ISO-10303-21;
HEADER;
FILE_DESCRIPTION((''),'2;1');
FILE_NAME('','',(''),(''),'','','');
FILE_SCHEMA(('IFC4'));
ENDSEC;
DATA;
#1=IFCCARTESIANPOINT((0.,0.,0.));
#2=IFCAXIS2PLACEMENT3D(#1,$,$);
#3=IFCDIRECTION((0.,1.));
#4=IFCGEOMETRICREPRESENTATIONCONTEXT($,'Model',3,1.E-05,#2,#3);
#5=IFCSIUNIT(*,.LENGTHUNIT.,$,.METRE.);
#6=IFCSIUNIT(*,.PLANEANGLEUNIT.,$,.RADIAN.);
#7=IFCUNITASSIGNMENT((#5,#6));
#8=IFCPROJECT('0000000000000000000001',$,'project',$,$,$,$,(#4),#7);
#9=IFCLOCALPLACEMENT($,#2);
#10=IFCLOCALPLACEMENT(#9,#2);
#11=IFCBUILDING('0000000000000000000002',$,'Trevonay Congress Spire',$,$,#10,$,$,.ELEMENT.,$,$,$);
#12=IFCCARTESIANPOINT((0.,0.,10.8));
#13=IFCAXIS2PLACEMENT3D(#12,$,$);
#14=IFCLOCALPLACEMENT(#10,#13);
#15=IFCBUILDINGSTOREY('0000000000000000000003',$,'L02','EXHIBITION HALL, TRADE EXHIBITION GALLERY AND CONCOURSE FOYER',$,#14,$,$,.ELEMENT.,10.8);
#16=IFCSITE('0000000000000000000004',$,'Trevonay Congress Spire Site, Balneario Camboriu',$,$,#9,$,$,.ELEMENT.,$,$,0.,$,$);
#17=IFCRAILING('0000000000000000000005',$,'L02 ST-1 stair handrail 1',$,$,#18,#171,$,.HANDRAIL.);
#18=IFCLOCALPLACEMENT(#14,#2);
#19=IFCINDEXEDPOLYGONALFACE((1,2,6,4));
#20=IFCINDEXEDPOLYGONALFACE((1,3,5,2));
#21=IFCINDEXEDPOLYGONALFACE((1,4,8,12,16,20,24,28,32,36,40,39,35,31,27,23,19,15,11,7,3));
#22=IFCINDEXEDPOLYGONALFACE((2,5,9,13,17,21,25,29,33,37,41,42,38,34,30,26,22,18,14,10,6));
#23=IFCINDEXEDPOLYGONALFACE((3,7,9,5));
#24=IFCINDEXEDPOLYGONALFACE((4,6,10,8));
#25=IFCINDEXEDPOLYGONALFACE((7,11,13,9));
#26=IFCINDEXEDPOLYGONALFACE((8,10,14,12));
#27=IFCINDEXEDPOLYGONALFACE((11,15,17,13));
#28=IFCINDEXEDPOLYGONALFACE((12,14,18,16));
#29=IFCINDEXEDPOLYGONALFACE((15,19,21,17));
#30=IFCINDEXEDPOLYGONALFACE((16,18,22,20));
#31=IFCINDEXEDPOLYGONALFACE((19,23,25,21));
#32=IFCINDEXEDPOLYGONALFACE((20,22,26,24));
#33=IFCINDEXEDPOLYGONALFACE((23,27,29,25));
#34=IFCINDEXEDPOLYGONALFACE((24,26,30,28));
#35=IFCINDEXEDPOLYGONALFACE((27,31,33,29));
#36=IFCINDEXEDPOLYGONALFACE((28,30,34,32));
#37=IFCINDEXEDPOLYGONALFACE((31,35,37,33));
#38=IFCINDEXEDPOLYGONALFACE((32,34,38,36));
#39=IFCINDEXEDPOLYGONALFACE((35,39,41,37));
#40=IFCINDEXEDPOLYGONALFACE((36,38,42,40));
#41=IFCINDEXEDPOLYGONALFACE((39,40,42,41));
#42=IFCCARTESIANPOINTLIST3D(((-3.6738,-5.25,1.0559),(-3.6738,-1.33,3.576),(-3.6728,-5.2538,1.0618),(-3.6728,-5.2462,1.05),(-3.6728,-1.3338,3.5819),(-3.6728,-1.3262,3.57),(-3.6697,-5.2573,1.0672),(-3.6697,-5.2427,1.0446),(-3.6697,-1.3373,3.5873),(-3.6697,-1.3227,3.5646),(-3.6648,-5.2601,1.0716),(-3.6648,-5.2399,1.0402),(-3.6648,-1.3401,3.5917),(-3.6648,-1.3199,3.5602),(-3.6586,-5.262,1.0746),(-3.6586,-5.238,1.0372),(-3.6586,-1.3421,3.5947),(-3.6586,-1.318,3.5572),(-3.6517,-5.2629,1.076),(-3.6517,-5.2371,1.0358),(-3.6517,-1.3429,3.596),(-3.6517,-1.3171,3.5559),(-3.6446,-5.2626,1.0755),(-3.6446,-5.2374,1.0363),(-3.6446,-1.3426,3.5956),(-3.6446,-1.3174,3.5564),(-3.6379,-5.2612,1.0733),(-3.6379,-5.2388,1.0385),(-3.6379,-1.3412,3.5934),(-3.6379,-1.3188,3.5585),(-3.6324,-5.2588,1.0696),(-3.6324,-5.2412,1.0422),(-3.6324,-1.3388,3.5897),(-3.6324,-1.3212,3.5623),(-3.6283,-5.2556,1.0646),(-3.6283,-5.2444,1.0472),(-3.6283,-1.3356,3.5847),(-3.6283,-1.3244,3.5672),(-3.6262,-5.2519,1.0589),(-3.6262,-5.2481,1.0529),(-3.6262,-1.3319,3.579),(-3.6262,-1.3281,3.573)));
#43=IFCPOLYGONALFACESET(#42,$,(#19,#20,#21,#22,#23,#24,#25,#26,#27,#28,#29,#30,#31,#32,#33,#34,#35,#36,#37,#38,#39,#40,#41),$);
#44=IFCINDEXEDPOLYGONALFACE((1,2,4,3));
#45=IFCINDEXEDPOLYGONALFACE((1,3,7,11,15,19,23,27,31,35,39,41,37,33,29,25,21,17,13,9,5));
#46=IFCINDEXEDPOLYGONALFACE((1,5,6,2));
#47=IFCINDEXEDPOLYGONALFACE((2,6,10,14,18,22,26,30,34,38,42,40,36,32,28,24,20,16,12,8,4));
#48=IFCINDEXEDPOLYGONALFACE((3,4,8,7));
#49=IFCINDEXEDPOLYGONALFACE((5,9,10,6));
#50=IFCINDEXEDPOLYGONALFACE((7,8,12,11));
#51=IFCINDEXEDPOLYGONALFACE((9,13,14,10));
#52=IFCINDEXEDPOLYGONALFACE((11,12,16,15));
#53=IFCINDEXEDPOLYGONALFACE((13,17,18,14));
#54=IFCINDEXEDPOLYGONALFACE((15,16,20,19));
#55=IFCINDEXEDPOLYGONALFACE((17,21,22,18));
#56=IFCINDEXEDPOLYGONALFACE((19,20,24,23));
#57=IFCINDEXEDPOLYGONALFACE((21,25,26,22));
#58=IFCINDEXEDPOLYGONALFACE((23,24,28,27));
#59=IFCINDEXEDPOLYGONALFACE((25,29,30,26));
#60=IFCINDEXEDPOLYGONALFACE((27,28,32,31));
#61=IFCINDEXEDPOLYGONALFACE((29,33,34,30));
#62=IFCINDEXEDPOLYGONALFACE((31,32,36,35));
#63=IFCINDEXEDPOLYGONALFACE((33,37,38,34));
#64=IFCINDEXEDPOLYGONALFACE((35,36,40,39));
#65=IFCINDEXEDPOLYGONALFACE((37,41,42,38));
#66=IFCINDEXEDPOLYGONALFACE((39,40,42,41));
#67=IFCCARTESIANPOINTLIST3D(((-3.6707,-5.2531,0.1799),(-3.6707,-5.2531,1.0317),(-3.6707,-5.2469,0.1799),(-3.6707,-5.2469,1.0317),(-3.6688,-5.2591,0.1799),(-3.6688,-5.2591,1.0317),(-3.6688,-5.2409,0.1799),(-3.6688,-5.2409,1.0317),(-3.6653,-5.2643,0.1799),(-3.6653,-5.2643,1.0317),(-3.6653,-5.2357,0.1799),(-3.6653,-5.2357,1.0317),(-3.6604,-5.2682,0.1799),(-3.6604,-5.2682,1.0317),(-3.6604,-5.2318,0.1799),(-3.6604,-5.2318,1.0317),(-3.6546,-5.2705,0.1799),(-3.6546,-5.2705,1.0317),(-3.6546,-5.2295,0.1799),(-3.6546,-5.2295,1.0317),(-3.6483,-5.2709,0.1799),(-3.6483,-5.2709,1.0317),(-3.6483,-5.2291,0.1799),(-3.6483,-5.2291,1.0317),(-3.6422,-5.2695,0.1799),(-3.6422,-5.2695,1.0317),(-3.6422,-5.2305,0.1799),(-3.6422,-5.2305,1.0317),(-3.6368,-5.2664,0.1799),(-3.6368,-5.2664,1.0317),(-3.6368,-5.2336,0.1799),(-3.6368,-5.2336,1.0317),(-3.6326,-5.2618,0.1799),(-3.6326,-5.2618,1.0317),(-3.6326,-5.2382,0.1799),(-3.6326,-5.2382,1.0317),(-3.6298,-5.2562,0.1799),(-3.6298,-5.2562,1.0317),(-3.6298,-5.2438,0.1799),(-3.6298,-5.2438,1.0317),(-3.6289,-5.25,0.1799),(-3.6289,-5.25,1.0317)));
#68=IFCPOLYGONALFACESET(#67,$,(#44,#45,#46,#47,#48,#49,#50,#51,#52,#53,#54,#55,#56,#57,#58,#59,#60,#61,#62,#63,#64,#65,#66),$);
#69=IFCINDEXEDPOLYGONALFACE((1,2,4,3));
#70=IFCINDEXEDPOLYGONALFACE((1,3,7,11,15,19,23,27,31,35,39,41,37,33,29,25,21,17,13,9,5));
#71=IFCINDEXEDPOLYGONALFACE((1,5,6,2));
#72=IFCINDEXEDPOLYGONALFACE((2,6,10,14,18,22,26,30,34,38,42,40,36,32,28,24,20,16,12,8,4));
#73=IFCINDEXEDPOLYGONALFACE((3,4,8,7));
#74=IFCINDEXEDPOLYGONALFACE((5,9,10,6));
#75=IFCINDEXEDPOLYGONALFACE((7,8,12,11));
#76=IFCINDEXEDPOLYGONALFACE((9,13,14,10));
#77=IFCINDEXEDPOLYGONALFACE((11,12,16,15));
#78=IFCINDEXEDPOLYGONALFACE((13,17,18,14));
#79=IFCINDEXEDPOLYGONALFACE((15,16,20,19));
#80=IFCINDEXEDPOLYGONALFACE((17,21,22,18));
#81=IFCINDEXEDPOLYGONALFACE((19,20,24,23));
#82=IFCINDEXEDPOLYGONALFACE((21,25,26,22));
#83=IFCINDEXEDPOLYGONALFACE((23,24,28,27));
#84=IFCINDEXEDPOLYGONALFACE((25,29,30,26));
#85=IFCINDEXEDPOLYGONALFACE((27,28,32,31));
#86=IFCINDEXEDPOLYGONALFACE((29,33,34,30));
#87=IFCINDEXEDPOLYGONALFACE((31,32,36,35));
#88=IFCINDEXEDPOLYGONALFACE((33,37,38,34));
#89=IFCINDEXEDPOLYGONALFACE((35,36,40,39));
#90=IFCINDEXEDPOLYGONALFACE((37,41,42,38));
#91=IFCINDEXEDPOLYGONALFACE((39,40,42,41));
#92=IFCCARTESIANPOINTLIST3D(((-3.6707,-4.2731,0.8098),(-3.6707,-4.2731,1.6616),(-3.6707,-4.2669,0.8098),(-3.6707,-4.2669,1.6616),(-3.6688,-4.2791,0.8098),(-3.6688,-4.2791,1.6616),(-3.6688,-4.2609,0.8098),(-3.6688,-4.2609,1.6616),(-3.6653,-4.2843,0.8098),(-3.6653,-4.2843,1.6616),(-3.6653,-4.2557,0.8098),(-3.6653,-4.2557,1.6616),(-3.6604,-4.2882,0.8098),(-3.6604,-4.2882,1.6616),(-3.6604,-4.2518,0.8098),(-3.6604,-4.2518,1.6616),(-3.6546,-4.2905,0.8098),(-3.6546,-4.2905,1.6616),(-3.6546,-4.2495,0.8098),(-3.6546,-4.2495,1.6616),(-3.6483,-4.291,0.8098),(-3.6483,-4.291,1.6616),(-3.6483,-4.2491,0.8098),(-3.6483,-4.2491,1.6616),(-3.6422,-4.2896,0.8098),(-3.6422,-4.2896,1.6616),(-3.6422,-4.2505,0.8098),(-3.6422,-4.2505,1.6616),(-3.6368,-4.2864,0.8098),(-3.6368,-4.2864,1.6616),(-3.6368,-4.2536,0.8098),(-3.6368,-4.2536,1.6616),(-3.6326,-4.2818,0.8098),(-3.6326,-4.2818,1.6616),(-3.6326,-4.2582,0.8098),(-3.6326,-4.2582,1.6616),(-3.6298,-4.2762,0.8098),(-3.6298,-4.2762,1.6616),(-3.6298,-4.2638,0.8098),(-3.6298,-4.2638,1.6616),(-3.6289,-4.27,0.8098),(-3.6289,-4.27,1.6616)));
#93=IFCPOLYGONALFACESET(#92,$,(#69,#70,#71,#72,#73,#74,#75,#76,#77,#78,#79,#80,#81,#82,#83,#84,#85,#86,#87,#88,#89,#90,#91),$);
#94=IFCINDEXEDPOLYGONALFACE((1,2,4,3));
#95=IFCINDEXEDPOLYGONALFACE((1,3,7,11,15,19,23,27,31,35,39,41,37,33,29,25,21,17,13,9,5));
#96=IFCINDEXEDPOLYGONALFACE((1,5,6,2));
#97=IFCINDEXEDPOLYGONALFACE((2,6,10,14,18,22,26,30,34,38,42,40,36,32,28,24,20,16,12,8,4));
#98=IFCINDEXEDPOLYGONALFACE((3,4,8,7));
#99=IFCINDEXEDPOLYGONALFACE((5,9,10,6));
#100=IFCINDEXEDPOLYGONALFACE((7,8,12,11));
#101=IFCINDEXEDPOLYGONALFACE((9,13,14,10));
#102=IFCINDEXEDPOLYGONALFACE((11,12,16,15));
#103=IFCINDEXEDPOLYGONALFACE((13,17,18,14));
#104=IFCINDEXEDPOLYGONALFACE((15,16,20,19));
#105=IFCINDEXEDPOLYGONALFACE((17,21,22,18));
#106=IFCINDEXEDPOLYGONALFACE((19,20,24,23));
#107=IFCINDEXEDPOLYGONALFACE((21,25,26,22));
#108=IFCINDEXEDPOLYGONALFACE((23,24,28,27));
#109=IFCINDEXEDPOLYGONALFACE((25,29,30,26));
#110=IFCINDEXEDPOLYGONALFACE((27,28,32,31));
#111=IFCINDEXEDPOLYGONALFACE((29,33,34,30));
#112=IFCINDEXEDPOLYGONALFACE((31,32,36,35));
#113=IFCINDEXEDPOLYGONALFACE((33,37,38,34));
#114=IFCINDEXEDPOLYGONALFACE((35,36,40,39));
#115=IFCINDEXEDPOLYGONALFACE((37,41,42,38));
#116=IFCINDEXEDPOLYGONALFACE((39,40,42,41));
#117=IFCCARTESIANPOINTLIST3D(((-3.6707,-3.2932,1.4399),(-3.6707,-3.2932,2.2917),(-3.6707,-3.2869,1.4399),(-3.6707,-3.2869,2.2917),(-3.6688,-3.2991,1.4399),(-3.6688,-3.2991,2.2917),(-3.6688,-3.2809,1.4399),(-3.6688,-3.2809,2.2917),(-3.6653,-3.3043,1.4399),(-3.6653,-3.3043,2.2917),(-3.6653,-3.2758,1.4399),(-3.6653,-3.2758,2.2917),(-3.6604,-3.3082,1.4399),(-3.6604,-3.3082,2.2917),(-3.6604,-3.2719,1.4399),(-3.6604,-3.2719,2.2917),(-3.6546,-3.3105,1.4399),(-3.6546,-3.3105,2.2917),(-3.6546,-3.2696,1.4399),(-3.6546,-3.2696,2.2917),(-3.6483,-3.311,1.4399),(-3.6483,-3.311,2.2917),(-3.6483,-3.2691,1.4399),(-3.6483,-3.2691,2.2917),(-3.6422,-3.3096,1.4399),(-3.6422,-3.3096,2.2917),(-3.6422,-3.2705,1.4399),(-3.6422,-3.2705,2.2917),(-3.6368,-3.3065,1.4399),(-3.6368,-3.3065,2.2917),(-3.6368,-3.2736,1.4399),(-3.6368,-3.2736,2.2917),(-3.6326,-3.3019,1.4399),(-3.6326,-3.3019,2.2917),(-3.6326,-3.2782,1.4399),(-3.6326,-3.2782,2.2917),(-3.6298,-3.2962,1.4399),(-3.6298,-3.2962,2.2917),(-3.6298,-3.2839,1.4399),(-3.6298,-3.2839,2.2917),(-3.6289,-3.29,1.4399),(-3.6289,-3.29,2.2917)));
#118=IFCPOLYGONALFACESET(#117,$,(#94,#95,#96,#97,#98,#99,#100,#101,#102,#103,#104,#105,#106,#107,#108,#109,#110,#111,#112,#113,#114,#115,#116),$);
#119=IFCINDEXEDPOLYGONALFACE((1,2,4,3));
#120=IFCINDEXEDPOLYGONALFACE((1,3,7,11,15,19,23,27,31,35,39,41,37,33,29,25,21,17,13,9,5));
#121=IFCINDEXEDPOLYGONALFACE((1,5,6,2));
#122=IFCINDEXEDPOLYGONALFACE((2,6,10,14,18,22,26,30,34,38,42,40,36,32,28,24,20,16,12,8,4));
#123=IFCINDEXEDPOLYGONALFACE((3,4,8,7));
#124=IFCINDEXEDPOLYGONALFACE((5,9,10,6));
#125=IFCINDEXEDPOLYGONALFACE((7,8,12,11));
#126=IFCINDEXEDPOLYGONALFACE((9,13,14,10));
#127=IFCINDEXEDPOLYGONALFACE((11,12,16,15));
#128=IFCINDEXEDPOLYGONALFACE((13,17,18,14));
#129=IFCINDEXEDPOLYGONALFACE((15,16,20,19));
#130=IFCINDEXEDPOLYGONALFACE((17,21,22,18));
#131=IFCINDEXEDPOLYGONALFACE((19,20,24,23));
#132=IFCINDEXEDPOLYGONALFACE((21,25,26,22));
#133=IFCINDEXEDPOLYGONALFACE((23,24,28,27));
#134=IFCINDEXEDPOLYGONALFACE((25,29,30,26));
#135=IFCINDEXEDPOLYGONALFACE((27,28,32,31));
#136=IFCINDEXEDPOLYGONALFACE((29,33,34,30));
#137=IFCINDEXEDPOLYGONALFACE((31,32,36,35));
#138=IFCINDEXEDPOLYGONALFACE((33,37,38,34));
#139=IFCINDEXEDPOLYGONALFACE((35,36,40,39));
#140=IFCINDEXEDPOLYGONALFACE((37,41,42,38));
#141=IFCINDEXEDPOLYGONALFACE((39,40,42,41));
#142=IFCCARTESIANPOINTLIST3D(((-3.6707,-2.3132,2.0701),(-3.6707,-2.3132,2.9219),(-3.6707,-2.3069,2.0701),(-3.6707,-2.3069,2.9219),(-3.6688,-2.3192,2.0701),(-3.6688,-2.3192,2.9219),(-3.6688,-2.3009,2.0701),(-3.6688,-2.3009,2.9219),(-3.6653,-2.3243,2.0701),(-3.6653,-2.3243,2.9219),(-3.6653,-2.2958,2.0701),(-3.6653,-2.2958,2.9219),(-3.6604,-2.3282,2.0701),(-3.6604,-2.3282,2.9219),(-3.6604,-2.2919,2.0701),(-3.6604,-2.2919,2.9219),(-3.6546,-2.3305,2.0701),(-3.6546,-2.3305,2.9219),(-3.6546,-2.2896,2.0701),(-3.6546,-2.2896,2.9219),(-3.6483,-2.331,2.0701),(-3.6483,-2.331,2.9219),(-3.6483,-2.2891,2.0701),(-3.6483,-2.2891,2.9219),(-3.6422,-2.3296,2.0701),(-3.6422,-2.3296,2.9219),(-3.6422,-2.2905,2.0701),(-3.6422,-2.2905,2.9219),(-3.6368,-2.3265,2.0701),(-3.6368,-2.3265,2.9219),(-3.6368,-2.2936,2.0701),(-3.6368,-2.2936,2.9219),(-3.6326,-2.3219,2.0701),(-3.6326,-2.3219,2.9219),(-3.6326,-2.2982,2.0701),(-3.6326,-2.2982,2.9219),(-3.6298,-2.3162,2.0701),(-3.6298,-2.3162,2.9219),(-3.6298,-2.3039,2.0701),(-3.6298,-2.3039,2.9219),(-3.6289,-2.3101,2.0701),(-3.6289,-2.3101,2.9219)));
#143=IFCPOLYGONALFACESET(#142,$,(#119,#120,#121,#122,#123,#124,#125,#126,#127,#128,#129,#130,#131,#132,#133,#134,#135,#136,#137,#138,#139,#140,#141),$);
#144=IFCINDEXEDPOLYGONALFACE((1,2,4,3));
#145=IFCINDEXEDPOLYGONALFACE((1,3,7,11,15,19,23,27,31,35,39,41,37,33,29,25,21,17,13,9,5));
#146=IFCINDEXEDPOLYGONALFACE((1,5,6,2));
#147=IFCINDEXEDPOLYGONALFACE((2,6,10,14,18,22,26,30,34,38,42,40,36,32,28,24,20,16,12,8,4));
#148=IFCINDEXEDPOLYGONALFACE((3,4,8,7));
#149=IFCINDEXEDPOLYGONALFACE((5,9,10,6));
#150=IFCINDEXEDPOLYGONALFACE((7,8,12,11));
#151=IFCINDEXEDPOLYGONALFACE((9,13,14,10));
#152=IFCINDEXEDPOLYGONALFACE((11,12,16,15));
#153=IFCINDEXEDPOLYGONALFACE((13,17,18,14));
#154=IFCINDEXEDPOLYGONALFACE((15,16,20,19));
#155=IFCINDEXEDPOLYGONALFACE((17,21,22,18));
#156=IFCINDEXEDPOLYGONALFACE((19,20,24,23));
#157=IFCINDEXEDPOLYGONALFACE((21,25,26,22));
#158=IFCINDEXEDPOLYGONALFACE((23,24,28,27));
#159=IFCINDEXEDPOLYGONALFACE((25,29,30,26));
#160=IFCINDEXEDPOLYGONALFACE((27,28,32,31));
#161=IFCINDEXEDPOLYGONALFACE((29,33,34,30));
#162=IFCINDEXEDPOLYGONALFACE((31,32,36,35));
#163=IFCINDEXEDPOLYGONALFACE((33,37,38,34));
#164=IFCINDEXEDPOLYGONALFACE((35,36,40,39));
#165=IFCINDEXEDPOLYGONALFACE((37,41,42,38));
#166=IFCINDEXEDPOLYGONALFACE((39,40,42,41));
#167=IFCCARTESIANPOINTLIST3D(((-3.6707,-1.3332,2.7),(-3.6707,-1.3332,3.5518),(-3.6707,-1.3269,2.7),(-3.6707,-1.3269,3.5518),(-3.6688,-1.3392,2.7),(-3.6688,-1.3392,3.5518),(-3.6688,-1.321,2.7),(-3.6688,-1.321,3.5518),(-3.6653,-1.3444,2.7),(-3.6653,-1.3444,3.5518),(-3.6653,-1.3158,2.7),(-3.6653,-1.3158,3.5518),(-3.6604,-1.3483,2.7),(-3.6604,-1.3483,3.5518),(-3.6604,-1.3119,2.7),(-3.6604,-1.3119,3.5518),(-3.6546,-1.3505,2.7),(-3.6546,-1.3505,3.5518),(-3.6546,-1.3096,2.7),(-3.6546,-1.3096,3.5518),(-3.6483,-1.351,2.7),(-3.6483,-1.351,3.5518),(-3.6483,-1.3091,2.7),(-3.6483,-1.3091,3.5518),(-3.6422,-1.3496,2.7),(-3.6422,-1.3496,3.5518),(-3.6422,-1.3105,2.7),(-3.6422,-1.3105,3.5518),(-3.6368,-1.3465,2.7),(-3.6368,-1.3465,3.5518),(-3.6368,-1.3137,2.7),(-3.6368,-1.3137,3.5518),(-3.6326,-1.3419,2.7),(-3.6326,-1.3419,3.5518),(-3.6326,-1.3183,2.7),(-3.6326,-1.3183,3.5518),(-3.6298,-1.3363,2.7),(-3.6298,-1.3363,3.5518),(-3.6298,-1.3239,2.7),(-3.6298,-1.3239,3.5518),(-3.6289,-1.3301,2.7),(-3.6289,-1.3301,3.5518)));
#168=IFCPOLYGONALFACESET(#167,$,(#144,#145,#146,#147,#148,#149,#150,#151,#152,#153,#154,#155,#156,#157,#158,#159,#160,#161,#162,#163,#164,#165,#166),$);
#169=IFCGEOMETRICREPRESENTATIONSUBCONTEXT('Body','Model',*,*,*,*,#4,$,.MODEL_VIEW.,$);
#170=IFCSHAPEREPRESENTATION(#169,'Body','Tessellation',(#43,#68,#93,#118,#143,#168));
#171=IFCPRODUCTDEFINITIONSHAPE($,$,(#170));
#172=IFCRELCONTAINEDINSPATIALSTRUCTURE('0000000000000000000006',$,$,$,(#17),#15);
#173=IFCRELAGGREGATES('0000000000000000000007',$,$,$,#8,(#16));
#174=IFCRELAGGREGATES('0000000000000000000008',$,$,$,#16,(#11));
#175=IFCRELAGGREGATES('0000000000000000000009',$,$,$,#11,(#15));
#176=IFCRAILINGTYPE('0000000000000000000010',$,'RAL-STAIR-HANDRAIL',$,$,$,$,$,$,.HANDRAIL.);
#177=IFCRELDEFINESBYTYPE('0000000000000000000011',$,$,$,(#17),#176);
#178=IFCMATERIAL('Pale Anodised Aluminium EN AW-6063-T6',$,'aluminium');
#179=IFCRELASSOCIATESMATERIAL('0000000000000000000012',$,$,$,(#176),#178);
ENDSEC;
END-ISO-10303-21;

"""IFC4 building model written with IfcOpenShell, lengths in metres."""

from ifc_helpers import new_model, si_unit, direction, frame, origin, origin_2d, place, context, subcontext, project, spatial, circle, extrude, material, type_object, element, save


model = new_model("IFC4")

# Units and contexts
model_context = context("Model", 3, precision=1e-05, world=origin(), true_north=direction((0.0, 1.0)))
body_context = subcontext(model_context, "Body", "Model", "MODEL_VIEW")
ifc_project = project(units=[si_unit("LENGTHUNIT", "METRE"), si_unit("PLANEANGLEUNIT", "RADIAN")], contexts=[model_context])

# Site, building, storey
site_placement = place(None, origin())
site = spatial("IfcSite", under=ifc_project, at=site_placement, Name="Trevonay Congress Spire Site, Balneario Camboriu", CompositionType="ELEMENT", RefElevation=0.0)
building_placement = place(site_placement, origin())
building = spatial("IfcBuilding", under=site, at=building_placement, Name="Trevonay Congress Spire", CompositionType="ELEMENT")
storey_placement = place(building_placement, frame((0.0, 0.0, 10.8)))
storey = spatial("IfcBuildingStorey", under=building, at=storey_placement, Name="L02", Description="EXHIBITION HALL, TRADE EXHIBITION GALLERY AND CONCOURSE FOYER", CompositionType="ELEMENT", Elevation=10.8)

# Shared definitions
ifc_material_1 = material(Name="Pale Anodised Aluminium EN AW-6063-T6", Category="aluminium")

# Railing
railing_type_1 = type_object("IfcRailingType", Name="RAL-STAIR-HANDRAIL", PredefinedType="HANDRAIL", material=ifc_material_1)
railing_1_placement = place(storey_placement, frame((-3.6499, -5.25, 0.1799)))
element("IfcRailing", 1, at=railing_1_placement, inside=storey, type_object=railing_type_1, Name="L02 ST-1 stair handrail 1", PredefinedType="HANDRAIL", context=body_context, shape_type="SweptSolid", body=[
    extrude(circle(Radius=0.0239, at=origin_2d()), frame((0.0, 0.0, 0.876), z_axis=(0.0, 0.841172, 0.540768), x_axis=(-1.0, 0.0, 0.0)), (0.0, 0.0, 1.0), 4.6602),
    extrude(circle(Radius=0.021, at=origin_2d()), origin(), (0.0, 0.0, 1.0), 0.8518),
    extrude(circle(Radius=0.021, at=origin_2d()), frame((0.0, 0.98, 0.6299)), (0.0, 0.0, 1.0), 0.8518),
    extrude(circle(Radius=0.021, at=origin_2d()), frame((0.0, 1.96, 1.26)), (0.0, 0.0, 1.0), 0.8518),
    extrude(circle(Radius=0.021, at=origin_2d()), frame((0.0, 2.9399, 1.8901)), (0.0, 0.0, 1.0), 0.8518),
    extrude(circle(Radius=0.021, at=origin_2d()), frame((0.0, 3.9199, 2.52)), (0.0, 0.0, 1.0), 0.8518),
])

save(model, "model.ifc")
